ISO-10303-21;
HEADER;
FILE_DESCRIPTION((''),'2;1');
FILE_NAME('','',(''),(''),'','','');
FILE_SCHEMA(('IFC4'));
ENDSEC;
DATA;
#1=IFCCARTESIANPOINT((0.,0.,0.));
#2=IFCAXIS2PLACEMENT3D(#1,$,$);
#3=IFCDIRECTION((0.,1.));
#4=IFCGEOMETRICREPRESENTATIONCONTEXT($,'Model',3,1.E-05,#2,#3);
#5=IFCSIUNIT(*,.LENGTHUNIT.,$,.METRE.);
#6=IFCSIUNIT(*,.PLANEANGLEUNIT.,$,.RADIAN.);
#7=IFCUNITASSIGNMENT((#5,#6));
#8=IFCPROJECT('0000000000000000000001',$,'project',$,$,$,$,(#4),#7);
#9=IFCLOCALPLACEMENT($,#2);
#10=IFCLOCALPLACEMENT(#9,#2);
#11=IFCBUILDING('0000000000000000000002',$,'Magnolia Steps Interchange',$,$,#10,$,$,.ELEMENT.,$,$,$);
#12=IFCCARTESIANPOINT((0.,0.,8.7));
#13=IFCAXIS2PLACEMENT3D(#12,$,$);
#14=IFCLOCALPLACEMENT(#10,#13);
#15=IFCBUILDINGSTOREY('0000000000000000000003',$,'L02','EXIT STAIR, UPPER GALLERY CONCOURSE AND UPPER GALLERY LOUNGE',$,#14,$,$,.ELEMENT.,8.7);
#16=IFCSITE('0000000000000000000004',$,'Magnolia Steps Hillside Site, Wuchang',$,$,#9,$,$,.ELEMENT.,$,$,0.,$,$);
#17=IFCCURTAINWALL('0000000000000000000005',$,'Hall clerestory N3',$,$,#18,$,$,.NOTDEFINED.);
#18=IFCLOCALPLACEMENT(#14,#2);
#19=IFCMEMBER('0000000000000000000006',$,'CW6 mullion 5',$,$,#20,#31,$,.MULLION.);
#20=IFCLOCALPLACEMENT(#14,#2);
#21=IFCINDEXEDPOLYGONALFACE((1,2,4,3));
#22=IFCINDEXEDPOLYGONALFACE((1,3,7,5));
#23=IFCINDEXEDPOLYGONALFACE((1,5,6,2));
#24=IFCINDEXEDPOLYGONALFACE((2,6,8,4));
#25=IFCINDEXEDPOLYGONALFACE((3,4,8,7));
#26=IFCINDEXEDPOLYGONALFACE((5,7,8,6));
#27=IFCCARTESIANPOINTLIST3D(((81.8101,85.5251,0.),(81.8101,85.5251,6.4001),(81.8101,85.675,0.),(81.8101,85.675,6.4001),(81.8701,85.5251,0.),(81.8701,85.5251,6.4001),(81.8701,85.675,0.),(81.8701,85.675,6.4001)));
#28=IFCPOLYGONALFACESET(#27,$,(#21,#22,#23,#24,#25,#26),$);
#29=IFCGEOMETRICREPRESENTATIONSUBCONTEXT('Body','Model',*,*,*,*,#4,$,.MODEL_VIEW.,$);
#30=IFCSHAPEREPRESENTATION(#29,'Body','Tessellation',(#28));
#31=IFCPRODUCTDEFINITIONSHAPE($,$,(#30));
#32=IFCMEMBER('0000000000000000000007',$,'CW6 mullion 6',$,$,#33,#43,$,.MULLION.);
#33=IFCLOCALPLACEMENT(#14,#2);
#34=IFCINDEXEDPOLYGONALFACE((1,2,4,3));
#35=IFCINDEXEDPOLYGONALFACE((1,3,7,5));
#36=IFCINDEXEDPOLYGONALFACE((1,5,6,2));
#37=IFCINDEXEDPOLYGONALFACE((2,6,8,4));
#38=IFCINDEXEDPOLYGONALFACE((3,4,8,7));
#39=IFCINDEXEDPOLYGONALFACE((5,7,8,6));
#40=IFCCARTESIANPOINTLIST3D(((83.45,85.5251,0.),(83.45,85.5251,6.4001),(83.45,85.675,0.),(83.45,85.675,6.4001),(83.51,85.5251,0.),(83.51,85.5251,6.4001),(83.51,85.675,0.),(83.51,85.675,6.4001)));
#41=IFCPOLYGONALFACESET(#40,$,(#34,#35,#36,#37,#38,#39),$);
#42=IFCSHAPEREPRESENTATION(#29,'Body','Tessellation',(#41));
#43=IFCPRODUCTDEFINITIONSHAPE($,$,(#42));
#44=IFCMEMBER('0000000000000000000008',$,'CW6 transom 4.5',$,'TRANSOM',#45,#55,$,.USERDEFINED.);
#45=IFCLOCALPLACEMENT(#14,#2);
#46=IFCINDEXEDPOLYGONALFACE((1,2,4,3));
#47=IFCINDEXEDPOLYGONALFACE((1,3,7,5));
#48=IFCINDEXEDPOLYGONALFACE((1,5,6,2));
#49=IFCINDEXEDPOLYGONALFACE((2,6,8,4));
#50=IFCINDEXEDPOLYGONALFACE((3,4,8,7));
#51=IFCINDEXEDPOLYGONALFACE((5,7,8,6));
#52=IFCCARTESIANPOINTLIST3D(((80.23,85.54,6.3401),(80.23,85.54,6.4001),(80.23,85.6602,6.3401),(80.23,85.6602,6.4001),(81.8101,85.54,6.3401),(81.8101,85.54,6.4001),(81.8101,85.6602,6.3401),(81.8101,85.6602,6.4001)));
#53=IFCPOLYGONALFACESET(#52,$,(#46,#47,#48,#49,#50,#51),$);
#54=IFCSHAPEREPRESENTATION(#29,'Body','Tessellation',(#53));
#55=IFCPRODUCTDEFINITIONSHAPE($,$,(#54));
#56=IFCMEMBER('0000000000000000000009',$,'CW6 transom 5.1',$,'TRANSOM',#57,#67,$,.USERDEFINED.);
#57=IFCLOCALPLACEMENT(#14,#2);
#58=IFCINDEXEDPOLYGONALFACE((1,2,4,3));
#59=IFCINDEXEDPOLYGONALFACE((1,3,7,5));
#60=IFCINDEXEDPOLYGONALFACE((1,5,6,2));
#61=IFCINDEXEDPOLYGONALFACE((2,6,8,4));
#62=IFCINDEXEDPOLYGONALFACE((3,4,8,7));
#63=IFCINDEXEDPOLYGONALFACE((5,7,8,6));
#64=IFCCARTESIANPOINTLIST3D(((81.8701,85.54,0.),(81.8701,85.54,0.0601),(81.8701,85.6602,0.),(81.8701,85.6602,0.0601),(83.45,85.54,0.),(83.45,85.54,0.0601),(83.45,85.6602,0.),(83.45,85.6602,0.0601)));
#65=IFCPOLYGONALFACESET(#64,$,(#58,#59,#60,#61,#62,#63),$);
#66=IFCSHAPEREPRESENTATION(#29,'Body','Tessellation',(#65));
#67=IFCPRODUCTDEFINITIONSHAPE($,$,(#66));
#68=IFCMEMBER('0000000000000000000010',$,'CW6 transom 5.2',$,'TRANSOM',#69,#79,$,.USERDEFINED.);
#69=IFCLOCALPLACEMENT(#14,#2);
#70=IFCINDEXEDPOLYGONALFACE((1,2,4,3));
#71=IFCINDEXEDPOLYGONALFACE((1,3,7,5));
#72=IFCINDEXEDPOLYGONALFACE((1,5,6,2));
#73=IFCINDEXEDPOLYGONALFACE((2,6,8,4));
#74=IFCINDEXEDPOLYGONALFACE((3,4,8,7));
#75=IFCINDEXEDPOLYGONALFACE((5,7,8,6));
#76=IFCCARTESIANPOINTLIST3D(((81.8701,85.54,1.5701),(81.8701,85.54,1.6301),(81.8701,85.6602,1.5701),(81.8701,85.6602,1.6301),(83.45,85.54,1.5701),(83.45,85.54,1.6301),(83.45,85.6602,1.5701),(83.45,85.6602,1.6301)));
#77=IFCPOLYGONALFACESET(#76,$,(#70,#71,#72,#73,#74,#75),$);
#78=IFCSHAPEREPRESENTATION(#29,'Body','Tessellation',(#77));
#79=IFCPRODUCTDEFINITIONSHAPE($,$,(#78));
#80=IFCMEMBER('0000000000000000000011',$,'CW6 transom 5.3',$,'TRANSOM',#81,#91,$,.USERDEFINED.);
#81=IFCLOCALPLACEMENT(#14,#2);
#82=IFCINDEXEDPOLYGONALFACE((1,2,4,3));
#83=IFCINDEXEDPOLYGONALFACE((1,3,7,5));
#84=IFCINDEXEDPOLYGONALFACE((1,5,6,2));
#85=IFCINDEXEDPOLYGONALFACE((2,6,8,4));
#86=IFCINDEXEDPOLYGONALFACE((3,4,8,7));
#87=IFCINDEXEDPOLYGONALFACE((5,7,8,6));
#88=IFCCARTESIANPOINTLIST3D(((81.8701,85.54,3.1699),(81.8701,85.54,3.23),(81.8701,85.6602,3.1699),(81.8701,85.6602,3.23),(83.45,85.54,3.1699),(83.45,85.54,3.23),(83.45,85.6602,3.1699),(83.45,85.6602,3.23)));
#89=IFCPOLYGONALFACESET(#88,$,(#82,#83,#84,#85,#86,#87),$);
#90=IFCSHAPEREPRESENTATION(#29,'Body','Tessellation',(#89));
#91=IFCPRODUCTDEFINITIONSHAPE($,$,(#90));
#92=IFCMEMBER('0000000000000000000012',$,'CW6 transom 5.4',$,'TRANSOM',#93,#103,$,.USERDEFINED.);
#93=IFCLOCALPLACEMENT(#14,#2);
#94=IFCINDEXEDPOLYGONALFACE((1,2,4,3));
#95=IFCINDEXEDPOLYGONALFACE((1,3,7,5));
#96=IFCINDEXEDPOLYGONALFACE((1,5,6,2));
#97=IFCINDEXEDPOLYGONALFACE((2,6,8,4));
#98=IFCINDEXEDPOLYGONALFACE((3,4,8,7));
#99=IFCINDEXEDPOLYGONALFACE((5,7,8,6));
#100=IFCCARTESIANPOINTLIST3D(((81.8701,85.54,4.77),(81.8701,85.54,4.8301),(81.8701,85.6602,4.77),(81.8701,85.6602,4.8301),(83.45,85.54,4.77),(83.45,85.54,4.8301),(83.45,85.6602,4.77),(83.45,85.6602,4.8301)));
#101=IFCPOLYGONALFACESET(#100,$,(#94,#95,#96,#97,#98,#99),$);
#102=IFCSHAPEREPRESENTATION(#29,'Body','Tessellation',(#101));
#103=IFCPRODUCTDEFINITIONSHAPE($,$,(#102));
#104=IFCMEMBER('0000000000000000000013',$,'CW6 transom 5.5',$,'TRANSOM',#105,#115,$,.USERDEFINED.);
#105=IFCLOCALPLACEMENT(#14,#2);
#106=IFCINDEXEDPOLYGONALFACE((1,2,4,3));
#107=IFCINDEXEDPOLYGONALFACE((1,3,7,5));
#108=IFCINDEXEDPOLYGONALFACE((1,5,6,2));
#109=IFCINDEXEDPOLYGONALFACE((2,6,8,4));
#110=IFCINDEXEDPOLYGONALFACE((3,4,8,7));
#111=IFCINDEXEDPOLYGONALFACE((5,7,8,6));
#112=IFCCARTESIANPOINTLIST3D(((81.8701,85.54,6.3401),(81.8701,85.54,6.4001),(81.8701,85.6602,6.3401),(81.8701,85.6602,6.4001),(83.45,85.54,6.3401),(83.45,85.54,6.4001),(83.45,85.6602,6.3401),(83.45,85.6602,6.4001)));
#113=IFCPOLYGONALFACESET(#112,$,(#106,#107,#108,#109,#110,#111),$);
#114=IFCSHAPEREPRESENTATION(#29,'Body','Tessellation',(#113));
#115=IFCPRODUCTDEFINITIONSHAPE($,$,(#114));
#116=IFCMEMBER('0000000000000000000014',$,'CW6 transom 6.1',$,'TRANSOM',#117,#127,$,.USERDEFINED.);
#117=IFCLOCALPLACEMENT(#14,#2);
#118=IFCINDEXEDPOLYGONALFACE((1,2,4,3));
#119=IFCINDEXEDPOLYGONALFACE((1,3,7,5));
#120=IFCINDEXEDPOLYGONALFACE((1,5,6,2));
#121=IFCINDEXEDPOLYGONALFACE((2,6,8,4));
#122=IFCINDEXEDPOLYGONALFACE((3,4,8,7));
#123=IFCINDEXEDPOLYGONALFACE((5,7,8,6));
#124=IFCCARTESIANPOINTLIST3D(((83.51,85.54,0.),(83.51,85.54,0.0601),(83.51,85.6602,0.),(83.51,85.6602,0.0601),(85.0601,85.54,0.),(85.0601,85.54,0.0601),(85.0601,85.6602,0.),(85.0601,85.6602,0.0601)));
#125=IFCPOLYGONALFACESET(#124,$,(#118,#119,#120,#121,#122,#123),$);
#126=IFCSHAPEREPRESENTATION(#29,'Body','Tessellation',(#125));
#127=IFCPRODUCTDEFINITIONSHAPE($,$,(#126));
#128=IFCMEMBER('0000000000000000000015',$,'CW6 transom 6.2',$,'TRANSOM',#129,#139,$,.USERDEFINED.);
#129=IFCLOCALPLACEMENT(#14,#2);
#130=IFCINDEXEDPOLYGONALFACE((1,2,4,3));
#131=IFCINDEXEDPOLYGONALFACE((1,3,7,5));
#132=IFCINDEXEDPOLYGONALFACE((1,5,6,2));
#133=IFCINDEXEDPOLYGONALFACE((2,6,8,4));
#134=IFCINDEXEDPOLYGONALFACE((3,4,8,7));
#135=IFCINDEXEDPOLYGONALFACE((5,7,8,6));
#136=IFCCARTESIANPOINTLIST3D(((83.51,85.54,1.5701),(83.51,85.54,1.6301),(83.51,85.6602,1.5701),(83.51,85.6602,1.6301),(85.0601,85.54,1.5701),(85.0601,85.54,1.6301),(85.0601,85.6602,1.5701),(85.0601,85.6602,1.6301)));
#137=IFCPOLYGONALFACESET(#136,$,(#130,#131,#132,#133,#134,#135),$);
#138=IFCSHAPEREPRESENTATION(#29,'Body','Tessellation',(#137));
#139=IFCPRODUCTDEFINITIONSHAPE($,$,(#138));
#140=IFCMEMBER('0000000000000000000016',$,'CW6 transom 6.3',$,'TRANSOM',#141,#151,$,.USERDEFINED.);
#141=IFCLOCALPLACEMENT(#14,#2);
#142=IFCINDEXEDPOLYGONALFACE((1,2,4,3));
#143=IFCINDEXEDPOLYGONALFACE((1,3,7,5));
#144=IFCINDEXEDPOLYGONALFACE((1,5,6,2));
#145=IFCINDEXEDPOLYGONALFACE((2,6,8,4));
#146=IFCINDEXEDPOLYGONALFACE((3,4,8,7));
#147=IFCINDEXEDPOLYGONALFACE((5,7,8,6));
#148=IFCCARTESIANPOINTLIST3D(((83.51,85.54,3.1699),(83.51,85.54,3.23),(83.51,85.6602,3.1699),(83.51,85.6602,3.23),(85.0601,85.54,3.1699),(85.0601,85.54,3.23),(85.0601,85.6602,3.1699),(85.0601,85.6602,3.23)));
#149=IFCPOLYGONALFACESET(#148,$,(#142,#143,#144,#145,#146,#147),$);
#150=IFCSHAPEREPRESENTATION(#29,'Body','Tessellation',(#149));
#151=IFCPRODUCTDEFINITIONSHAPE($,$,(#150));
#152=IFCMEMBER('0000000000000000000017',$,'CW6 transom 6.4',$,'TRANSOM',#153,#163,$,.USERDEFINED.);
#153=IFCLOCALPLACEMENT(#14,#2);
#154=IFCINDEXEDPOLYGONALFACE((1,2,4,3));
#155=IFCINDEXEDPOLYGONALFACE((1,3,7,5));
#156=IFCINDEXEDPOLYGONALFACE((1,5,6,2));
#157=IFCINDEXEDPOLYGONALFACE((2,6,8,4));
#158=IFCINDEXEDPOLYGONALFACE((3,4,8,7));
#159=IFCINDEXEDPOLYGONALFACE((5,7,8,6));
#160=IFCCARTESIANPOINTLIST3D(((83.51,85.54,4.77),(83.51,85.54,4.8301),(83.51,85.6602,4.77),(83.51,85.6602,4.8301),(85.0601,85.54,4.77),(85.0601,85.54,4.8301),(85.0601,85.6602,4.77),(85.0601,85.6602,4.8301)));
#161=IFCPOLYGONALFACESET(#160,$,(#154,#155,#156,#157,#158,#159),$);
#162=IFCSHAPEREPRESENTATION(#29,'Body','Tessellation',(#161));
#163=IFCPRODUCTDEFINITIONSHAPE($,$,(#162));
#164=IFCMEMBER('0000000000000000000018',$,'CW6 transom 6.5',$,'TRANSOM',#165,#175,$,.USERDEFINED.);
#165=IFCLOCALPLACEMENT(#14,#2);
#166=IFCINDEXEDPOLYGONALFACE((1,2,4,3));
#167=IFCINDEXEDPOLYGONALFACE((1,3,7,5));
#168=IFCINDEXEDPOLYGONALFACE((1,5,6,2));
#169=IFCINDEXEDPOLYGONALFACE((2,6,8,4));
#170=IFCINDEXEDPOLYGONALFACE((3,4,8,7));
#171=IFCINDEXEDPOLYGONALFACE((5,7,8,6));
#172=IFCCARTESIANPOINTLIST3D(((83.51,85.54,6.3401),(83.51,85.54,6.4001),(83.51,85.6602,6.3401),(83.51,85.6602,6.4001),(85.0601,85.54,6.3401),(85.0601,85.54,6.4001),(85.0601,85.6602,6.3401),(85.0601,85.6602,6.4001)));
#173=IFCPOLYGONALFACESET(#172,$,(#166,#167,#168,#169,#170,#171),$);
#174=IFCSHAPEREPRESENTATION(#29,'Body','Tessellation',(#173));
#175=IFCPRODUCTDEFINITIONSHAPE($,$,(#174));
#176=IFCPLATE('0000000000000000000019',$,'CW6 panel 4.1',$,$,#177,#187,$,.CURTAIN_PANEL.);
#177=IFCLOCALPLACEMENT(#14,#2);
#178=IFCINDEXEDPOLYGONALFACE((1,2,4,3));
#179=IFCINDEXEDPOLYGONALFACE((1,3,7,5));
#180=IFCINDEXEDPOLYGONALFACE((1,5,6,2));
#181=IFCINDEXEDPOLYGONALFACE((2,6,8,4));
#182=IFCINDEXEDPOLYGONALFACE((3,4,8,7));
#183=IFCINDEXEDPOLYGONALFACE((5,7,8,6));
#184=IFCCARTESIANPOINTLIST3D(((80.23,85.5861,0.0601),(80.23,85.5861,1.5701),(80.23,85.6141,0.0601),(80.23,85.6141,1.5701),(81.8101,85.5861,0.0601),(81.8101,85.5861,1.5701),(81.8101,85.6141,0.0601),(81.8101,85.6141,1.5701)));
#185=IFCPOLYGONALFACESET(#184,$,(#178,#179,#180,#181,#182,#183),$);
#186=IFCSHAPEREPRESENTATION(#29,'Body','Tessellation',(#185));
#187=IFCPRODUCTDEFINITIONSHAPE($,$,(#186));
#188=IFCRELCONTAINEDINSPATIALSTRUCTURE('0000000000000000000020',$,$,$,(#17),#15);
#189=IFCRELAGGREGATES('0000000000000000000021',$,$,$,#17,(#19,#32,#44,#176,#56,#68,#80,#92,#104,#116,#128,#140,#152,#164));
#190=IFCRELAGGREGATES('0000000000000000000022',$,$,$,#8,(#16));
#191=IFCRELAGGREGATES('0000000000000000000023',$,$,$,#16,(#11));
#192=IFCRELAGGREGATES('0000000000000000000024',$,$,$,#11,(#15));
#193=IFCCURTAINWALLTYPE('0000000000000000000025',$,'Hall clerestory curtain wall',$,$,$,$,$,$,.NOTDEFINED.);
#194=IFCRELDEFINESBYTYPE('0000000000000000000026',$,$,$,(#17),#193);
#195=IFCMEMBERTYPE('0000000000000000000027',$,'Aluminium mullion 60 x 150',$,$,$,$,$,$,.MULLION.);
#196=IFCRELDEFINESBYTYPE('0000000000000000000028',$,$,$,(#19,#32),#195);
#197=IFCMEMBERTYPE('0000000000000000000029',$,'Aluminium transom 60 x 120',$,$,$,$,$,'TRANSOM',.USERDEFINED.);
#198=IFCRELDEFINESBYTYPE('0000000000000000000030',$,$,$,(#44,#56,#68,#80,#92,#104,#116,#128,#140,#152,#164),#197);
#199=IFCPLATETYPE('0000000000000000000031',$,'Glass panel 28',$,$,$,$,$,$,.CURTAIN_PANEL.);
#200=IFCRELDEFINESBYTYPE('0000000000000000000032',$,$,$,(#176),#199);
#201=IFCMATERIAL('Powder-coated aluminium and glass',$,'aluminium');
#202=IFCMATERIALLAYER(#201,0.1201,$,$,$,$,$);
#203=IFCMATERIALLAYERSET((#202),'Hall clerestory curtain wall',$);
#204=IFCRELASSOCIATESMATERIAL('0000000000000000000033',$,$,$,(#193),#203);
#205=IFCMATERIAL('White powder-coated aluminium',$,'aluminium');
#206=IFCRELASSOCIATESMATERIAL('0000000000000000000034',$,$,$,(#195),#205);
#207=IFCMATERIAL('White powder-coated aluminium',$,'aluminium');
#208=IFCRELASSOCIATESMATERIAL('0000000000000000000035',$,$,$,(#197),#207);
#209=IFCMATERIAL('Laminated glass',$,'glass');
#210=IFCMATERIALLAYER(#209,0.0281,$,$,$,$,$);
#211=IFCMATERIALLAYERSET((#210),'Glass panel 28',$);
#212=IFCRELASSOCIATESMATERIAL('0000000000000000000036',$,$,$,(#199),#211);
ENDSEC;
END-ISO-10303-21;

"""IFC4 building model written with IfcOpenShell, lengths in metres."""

from ifc_helpers import new_model, si_unit, direction, frame, origin, origin_2d, place, context, subcontext, project, spatial, rectangle, extrude, material, layer, layer_set, material_profile, profile_set, type_object, element, aggregate, save


model = new_model("IFC4")

# Units and contexts
model_context = context("Model", 3, precision=1e-05, world=origin(), true_north=direction((0.0, 1.0)))
body_context = subcontext(model_context, "Body", "Model", "MODEL_VIEW")
ifc_project = project(units=[si_unit("LENGTHUNIT", "METRE"), si_unit("PLANEANGLEUNIT", "RADIAN")], contexts=[model_context])

# Site, building, storey
site_placement = place(None, origin())
site = spatial("IfcSite", under=ifc_project, at=site_placement, Name="Magnolia Steps Hillside Site, Wuchang", CompositionType="ELEMENT", RefElevation=0.0)
building_placement = place(site_placement, origin())
building = spatial("IfcBuilding", under=site, at=building_placement, Name="Magnolia Steps Interchange", CompositionType="ELEMENT")
storey_placement = place(building_placement, frame((0.0, 0.0, 8.7)))
storey = spatial("IfcBuildingStorey", under=building, at=storey_placement, Name="L02", Description="EXIT STAIR, UPPER GALLERY CONCOURSE AND UPPER GALLERY LOUNGE", CompositionType="ELEMENT", Elevation=8.7)

# Curtain wall, members, plate
ifc_material_1 = material(Name="Powder-coated aluminium and glass", Category="aluminium")
ifc_layer_1 = layer(ifc_material_1, 0.1201)
ifc_layer_set_1 = layer_set([ifc_layer_1], Name="Hall clerestory curtain wall")
curtain_wall_type = type_object("IfcCurtainWallType", Name="Hall clerestory curtain wall", PredefinedType="NOTDEFINED", material=ifc_layer_set_1)
curtain_wall_placement = place(storey_placement, origin())
curtain_wall = element("IfcCurtainWall", 1, at=curtain_wall_placement, inside=storey, type_object=curtain_wall_type, Name="Hall clerestory N3", PredefinedType="NOTDEFINED")
ifc_material_2 = material(Name="White powder-coated aluminium", Category="aluminium")
ifc_material_profile_1 = material_profile(ifc_material_2, rectangle(XDim=0.0601, YDim=0.1499, at=origin_2d()), Name="Aluminium mullion 60 x 150")
ifc_profile_set_1 = profile_set([ifc_material_profile_1], Name="White powder-coated aluminium")
member_type_1 = type_object("IfcMemberType", Name="Aluminium mullion 60 x 150", PredefinedType="MULLION", material=ifc_profile_set_1)
member_1_placement = place(storey_placement, frame((81.8401, 85.6001, 0.0), z_axis=(0.0, 0.0, 1.0), x_axis=(1.0, 0.0, 0.0)))
member_1 = element("IfcMember", 2, at=member_1_placement, type_object=member_type_1, Name="CW6 mullion 5", PredefinedType="MULLION", context=body_context, shape_type="SweptSolid", body=[
    extrude(rectangle(XDim=0.0601, YDim=0.1499, at=origin_2d()), origin(), (0.0, 0.0, 1.0), 6.4001),
])
member_2_placement = place(storey_placement, frame((83.48, 85.6001, 0.0), z_axis=(0.0, 0.0, 1.0), x_axis=(1.0, 0.0, 0.0)))
member_2 = element("IfcMember", 3, at=member_2_placement, type_object=member_type_1, Name="CW6 mullion 6", PredefinedType="MULLION", context=body_context, shape_type="SweptSolid", body=[
    extrude(rectangle(XDim=0.0601, YDim=0.1499, at=origin_2d()), origin(), (0.0, 0.0, 1.0), 6.4001),
])
ifc_material_3 = material(Name="White powder-coated aluminium", Category="aluminium")
ifc_material_profile_2 = material_profile(ifc_material_3, rectangle(XDim=0.0601, YDim=0.1201, at=origin_2d()), Name="Aluminium transom 60 x 120")
ifc_profile_set_2 = profile_set([ifc_material_profile_2], Name="White powder-coated aluminium")
member_type_2 = type_object("IfcMemberType", Name="Aluminium transom 60 x 120", ElementType="TRANSOM", PredefinedType="USERDEFINED", material=ifc_profile_set_2)
member_3_placement = place(storey_placement, frame((80.23, 85.6001, 6.3701), z_axis=(1.0, 0.0, 0.0), x_axis=(0.0, 0.0, 1.0)))
member_3 = element("IfcMember", 4, at=member_3_placement, type_object=member_type_2, Name="CW6 transom 4.5", ObjectType="TRANSOM", PredefinedType="USERDEFINED", context=body_context, shape_type="SweptSolid", body=[
    extrude(rectangle(XDim=0.0601, YDim=0.1201, at=origin_2d()), origin(), (0.0, 0.0, 1.0), 1.5801),
])
member_4_placement = place(storey_placement, frame((81.8701, 85.6001, 0.03), z_axis=(1.0, 0.0, 0.0), x_axis=(0.0, 0.0, 1.0)))
member_4 = element("IfcMember", 5, at=member_4_placement, type_object=member_type_2, Name="CW6 transom 5.1", ObjectType="TRANSOM", PredefinedType="USERDEFINED", context=body_context, shape_type="SweptSolid", body=[
    extrude(rectangle(XDim=0.0601, YDim=0.1201, at=origin_2d()), origin(), (0.0, 0.0, 1.0), 1.5798),
])
member_5_placement = place(storey_placement, frame((81.8701, 85.6001, 1.6001), z_axis=(1.0, 0.0, 0.0), x_axis=(0.0, 0.0, 1.0)))
member_5 = element("IfcMember", 6, at=member_5_placement, type_object=member_type_2, Name="CW6 transom 5.2", ObjectType="TRANSOM", PredefinedType="USERDEFINED", context=body_context, shape_type="SweptSolid", body=[
    extrude(rectangle(XDim=0.0601, YDim=0.1201, at=origin_2d()), origin(), (0.0, 0.0, 1.0), 1.5798),
])
member_6_placement = place(storey_placement, frame((81.8701, 85.6001, 3.2), z_axis=(1.0, 0.0, 0.0), x_axis=(0.0, 0.0, 1.0)))
member_6 = element("IfcMember", 7, at=member_6_placement, type_object=member_type_2, Name="CW6 transom 5.3", ObjectType="TRANSOM", PredefinedType="USERDEFINED", context=body_context, shape_type="SweptSolid", body=[
    extrude(rectangle(XDim=0.0601, YDim=0.1201, at=origin_2d()), origin(), (0.0, 0.0, 1.0), 1.5798),
])
member_7_placement = place(storey_placement, frame((81.8701, 85.6001, 4.8), z_axis=(1.0, 0.0, 0.0), x_axis=(0.0, 0.0, 1.0)))
member_7 = element("IfcMember", 8, at=member_7_placement, type_object=member_type_2, Name="CW6 transom 5.4", ObjectType="TRANSOM", PredefinedType="USERDEFINED", context=body_context, shape_type="SweptSolid", body=[
    extrude(rectangle(XDim=0.0601, YDim=0.1201, at=origin_2d()), origin(), (0.0, 0.0, 1.0), 1.5798),
])
member_8_placement = place(storey_placement, frame((81.8701, 85.6001, 6.3701), z_axis=(1.0, 0.0, 0.0), x_axis=(0.0, 0.0, 1.0)))
member_8 = element("IfcMember", 9, at=member_8_placement, type_object=member_type_2, Name="CW6 transom 5.5", ObjectType="TRANSOM", PredefinedType="USERDEFINED", context=body_context, shape_type="SweptSolid", body=[
    extrude(rectangle(XDim=0.0601, YDim=0.1201, at=origin_2d()), origin(), (0.0, 0.0, 1.0), 1.5798),
])
member_9_placement = place(storey_placement, frame((83.51, 85.6001, 0.03), z_axis=(1.0, 0.0, 0.0), x_axis=(0.0, 0.0, 1.0)))
member_9 = element("IfcMember", 10, at=member_9_placement, type_object=member_type_2, Name="CW6 transom 6.1", ObjectType="TRANSOM", PredefinedType="USERDEFINED", context=body_context, shape_type="SweptSolid", body=[
    extrude(rectangle(XDim=0.0601, YDim=0.1201, at=origin_2d()), origin(), (0.0, 0.0, 1.0), 1.55),
])
member_10_placement = place(storey_placement, frame((83.51, 85.6001, 1.6001), z_axis=(1.0, 0.0, 0.0), x_axis=(0.0, 0.0, 1.0)))
member_10 = element("IfcMember", 11, at=member_10_placement, type_object=member_type_2, Name="CW6 transom 6.2", ObjectType="TRANSOM", PredefinedType="USERDEFINED", context=body_context, shape_type="SweptSolid", body=[
    extrude(rectangle(XDim=0.0601, YDim=0.1201, at=origin_2d()), origin(), (0.0, 0.0, 1.0), 1.55),
])
member_11_placement = place(storey_placement, frame((83.51, 85.6001, 3.2), z_axis=(1.0, 0.0, 0.0), x_axis=(0.0, 0.0, 1.0)))
member_11 = element("IfcMember", 12, at=member_11_placement, type_object=member_type_2, Name="CW6 transom 6.3", ObjectType="TRANSOM", PredefinedType="USERDEFINED", context=body_context, shape_type="SweptSolid", body=[
    extrude(rectangle(XDim=0.0601, YDim=0.1201, at=origin_2d()), origin(), (0.0, 0.0, 1.0), 1.55),
])
member_12_placement = place(storey_placement, frame((83.51, 85.6001, 4.8), z_axis=(1.0, 0.0, 0.0), x_axis=(0.0, 0.0, 1.0)))
member_12 = element("IfcMember", 13, at=member_12_placement, type_object=member_type_2, Name="CW6 transom 6.4", ObjectType="TRANSOM", PredefinedType="USERDEFINED", context=body_context, shape_type="SweptSolid", body=[
    extrude(rectangle(XDim=0.0601, YDim=0.1201, at=origin_2d()), origin(), (0.0, 0.0, 1.0), 1.55),
])
member_13_placement = place(storey_placement, frame((83.51, 85.6001, 6.3701), z_axis=(1.0, 0.0, 0.0), x_axis=(0.0, 0.0, 1.0)))
member_13 = element("IfcMember", 14, at=member_13_placement, type_object=member_type_2, Name="CW6 transom 6.5", ObjectType="TRANSOM", PredefinedType="USERDEFINED", context=body_context, shape_type="SweptSolid", body=[
    extrude(rectangle(XDim=0.0601, YDim=0.1201, at=origin_2d()), origin(), (0.0, 0.0, 1.0), 1.55),
])
ifc_material_4 = material(Name="Laminated glass", Category="glass")
ifc_layer_2 = layer(ifc_material_4, 0.0281)
ifc_layer_set_2 = layer_set([ifc_layer_2], Name="Glass panel 28")
plate_type = type_object("IfcPlateType", Name="Glass panel 28", PredefinedType="CURTAIN_PANEL", material=ifc_layer_set_2)
plate_1_placement = place(storey_placement, frame((81.02, 85.6001, 0.0601), z_axis=(0.0, 0.0, 1.0), x_axis=(1.0, 0.0, 0.0)))
plate_1 = element("IfcPlate", 15, at=plate_1_placement, type_object=plate_type, Name="CW6 panel 4.1", PredefinedType="CURTAIN_PANEL", context=body_context, shape_type="SweptSolid", body=[
    extrude(rectangle(XDim=1.5801, YDim=0.0281, at=origin_2d()), origin(), (0.0, 0.0, 1.0), 1.51),
])
aggregate(curtain_wall, [member_1, member_2, member_3, plate_1, member_4, member_5, member_6, member_7, member_8, member_9, member_10, member_11, member_12, member_13])

save(model, "model.ifc")
